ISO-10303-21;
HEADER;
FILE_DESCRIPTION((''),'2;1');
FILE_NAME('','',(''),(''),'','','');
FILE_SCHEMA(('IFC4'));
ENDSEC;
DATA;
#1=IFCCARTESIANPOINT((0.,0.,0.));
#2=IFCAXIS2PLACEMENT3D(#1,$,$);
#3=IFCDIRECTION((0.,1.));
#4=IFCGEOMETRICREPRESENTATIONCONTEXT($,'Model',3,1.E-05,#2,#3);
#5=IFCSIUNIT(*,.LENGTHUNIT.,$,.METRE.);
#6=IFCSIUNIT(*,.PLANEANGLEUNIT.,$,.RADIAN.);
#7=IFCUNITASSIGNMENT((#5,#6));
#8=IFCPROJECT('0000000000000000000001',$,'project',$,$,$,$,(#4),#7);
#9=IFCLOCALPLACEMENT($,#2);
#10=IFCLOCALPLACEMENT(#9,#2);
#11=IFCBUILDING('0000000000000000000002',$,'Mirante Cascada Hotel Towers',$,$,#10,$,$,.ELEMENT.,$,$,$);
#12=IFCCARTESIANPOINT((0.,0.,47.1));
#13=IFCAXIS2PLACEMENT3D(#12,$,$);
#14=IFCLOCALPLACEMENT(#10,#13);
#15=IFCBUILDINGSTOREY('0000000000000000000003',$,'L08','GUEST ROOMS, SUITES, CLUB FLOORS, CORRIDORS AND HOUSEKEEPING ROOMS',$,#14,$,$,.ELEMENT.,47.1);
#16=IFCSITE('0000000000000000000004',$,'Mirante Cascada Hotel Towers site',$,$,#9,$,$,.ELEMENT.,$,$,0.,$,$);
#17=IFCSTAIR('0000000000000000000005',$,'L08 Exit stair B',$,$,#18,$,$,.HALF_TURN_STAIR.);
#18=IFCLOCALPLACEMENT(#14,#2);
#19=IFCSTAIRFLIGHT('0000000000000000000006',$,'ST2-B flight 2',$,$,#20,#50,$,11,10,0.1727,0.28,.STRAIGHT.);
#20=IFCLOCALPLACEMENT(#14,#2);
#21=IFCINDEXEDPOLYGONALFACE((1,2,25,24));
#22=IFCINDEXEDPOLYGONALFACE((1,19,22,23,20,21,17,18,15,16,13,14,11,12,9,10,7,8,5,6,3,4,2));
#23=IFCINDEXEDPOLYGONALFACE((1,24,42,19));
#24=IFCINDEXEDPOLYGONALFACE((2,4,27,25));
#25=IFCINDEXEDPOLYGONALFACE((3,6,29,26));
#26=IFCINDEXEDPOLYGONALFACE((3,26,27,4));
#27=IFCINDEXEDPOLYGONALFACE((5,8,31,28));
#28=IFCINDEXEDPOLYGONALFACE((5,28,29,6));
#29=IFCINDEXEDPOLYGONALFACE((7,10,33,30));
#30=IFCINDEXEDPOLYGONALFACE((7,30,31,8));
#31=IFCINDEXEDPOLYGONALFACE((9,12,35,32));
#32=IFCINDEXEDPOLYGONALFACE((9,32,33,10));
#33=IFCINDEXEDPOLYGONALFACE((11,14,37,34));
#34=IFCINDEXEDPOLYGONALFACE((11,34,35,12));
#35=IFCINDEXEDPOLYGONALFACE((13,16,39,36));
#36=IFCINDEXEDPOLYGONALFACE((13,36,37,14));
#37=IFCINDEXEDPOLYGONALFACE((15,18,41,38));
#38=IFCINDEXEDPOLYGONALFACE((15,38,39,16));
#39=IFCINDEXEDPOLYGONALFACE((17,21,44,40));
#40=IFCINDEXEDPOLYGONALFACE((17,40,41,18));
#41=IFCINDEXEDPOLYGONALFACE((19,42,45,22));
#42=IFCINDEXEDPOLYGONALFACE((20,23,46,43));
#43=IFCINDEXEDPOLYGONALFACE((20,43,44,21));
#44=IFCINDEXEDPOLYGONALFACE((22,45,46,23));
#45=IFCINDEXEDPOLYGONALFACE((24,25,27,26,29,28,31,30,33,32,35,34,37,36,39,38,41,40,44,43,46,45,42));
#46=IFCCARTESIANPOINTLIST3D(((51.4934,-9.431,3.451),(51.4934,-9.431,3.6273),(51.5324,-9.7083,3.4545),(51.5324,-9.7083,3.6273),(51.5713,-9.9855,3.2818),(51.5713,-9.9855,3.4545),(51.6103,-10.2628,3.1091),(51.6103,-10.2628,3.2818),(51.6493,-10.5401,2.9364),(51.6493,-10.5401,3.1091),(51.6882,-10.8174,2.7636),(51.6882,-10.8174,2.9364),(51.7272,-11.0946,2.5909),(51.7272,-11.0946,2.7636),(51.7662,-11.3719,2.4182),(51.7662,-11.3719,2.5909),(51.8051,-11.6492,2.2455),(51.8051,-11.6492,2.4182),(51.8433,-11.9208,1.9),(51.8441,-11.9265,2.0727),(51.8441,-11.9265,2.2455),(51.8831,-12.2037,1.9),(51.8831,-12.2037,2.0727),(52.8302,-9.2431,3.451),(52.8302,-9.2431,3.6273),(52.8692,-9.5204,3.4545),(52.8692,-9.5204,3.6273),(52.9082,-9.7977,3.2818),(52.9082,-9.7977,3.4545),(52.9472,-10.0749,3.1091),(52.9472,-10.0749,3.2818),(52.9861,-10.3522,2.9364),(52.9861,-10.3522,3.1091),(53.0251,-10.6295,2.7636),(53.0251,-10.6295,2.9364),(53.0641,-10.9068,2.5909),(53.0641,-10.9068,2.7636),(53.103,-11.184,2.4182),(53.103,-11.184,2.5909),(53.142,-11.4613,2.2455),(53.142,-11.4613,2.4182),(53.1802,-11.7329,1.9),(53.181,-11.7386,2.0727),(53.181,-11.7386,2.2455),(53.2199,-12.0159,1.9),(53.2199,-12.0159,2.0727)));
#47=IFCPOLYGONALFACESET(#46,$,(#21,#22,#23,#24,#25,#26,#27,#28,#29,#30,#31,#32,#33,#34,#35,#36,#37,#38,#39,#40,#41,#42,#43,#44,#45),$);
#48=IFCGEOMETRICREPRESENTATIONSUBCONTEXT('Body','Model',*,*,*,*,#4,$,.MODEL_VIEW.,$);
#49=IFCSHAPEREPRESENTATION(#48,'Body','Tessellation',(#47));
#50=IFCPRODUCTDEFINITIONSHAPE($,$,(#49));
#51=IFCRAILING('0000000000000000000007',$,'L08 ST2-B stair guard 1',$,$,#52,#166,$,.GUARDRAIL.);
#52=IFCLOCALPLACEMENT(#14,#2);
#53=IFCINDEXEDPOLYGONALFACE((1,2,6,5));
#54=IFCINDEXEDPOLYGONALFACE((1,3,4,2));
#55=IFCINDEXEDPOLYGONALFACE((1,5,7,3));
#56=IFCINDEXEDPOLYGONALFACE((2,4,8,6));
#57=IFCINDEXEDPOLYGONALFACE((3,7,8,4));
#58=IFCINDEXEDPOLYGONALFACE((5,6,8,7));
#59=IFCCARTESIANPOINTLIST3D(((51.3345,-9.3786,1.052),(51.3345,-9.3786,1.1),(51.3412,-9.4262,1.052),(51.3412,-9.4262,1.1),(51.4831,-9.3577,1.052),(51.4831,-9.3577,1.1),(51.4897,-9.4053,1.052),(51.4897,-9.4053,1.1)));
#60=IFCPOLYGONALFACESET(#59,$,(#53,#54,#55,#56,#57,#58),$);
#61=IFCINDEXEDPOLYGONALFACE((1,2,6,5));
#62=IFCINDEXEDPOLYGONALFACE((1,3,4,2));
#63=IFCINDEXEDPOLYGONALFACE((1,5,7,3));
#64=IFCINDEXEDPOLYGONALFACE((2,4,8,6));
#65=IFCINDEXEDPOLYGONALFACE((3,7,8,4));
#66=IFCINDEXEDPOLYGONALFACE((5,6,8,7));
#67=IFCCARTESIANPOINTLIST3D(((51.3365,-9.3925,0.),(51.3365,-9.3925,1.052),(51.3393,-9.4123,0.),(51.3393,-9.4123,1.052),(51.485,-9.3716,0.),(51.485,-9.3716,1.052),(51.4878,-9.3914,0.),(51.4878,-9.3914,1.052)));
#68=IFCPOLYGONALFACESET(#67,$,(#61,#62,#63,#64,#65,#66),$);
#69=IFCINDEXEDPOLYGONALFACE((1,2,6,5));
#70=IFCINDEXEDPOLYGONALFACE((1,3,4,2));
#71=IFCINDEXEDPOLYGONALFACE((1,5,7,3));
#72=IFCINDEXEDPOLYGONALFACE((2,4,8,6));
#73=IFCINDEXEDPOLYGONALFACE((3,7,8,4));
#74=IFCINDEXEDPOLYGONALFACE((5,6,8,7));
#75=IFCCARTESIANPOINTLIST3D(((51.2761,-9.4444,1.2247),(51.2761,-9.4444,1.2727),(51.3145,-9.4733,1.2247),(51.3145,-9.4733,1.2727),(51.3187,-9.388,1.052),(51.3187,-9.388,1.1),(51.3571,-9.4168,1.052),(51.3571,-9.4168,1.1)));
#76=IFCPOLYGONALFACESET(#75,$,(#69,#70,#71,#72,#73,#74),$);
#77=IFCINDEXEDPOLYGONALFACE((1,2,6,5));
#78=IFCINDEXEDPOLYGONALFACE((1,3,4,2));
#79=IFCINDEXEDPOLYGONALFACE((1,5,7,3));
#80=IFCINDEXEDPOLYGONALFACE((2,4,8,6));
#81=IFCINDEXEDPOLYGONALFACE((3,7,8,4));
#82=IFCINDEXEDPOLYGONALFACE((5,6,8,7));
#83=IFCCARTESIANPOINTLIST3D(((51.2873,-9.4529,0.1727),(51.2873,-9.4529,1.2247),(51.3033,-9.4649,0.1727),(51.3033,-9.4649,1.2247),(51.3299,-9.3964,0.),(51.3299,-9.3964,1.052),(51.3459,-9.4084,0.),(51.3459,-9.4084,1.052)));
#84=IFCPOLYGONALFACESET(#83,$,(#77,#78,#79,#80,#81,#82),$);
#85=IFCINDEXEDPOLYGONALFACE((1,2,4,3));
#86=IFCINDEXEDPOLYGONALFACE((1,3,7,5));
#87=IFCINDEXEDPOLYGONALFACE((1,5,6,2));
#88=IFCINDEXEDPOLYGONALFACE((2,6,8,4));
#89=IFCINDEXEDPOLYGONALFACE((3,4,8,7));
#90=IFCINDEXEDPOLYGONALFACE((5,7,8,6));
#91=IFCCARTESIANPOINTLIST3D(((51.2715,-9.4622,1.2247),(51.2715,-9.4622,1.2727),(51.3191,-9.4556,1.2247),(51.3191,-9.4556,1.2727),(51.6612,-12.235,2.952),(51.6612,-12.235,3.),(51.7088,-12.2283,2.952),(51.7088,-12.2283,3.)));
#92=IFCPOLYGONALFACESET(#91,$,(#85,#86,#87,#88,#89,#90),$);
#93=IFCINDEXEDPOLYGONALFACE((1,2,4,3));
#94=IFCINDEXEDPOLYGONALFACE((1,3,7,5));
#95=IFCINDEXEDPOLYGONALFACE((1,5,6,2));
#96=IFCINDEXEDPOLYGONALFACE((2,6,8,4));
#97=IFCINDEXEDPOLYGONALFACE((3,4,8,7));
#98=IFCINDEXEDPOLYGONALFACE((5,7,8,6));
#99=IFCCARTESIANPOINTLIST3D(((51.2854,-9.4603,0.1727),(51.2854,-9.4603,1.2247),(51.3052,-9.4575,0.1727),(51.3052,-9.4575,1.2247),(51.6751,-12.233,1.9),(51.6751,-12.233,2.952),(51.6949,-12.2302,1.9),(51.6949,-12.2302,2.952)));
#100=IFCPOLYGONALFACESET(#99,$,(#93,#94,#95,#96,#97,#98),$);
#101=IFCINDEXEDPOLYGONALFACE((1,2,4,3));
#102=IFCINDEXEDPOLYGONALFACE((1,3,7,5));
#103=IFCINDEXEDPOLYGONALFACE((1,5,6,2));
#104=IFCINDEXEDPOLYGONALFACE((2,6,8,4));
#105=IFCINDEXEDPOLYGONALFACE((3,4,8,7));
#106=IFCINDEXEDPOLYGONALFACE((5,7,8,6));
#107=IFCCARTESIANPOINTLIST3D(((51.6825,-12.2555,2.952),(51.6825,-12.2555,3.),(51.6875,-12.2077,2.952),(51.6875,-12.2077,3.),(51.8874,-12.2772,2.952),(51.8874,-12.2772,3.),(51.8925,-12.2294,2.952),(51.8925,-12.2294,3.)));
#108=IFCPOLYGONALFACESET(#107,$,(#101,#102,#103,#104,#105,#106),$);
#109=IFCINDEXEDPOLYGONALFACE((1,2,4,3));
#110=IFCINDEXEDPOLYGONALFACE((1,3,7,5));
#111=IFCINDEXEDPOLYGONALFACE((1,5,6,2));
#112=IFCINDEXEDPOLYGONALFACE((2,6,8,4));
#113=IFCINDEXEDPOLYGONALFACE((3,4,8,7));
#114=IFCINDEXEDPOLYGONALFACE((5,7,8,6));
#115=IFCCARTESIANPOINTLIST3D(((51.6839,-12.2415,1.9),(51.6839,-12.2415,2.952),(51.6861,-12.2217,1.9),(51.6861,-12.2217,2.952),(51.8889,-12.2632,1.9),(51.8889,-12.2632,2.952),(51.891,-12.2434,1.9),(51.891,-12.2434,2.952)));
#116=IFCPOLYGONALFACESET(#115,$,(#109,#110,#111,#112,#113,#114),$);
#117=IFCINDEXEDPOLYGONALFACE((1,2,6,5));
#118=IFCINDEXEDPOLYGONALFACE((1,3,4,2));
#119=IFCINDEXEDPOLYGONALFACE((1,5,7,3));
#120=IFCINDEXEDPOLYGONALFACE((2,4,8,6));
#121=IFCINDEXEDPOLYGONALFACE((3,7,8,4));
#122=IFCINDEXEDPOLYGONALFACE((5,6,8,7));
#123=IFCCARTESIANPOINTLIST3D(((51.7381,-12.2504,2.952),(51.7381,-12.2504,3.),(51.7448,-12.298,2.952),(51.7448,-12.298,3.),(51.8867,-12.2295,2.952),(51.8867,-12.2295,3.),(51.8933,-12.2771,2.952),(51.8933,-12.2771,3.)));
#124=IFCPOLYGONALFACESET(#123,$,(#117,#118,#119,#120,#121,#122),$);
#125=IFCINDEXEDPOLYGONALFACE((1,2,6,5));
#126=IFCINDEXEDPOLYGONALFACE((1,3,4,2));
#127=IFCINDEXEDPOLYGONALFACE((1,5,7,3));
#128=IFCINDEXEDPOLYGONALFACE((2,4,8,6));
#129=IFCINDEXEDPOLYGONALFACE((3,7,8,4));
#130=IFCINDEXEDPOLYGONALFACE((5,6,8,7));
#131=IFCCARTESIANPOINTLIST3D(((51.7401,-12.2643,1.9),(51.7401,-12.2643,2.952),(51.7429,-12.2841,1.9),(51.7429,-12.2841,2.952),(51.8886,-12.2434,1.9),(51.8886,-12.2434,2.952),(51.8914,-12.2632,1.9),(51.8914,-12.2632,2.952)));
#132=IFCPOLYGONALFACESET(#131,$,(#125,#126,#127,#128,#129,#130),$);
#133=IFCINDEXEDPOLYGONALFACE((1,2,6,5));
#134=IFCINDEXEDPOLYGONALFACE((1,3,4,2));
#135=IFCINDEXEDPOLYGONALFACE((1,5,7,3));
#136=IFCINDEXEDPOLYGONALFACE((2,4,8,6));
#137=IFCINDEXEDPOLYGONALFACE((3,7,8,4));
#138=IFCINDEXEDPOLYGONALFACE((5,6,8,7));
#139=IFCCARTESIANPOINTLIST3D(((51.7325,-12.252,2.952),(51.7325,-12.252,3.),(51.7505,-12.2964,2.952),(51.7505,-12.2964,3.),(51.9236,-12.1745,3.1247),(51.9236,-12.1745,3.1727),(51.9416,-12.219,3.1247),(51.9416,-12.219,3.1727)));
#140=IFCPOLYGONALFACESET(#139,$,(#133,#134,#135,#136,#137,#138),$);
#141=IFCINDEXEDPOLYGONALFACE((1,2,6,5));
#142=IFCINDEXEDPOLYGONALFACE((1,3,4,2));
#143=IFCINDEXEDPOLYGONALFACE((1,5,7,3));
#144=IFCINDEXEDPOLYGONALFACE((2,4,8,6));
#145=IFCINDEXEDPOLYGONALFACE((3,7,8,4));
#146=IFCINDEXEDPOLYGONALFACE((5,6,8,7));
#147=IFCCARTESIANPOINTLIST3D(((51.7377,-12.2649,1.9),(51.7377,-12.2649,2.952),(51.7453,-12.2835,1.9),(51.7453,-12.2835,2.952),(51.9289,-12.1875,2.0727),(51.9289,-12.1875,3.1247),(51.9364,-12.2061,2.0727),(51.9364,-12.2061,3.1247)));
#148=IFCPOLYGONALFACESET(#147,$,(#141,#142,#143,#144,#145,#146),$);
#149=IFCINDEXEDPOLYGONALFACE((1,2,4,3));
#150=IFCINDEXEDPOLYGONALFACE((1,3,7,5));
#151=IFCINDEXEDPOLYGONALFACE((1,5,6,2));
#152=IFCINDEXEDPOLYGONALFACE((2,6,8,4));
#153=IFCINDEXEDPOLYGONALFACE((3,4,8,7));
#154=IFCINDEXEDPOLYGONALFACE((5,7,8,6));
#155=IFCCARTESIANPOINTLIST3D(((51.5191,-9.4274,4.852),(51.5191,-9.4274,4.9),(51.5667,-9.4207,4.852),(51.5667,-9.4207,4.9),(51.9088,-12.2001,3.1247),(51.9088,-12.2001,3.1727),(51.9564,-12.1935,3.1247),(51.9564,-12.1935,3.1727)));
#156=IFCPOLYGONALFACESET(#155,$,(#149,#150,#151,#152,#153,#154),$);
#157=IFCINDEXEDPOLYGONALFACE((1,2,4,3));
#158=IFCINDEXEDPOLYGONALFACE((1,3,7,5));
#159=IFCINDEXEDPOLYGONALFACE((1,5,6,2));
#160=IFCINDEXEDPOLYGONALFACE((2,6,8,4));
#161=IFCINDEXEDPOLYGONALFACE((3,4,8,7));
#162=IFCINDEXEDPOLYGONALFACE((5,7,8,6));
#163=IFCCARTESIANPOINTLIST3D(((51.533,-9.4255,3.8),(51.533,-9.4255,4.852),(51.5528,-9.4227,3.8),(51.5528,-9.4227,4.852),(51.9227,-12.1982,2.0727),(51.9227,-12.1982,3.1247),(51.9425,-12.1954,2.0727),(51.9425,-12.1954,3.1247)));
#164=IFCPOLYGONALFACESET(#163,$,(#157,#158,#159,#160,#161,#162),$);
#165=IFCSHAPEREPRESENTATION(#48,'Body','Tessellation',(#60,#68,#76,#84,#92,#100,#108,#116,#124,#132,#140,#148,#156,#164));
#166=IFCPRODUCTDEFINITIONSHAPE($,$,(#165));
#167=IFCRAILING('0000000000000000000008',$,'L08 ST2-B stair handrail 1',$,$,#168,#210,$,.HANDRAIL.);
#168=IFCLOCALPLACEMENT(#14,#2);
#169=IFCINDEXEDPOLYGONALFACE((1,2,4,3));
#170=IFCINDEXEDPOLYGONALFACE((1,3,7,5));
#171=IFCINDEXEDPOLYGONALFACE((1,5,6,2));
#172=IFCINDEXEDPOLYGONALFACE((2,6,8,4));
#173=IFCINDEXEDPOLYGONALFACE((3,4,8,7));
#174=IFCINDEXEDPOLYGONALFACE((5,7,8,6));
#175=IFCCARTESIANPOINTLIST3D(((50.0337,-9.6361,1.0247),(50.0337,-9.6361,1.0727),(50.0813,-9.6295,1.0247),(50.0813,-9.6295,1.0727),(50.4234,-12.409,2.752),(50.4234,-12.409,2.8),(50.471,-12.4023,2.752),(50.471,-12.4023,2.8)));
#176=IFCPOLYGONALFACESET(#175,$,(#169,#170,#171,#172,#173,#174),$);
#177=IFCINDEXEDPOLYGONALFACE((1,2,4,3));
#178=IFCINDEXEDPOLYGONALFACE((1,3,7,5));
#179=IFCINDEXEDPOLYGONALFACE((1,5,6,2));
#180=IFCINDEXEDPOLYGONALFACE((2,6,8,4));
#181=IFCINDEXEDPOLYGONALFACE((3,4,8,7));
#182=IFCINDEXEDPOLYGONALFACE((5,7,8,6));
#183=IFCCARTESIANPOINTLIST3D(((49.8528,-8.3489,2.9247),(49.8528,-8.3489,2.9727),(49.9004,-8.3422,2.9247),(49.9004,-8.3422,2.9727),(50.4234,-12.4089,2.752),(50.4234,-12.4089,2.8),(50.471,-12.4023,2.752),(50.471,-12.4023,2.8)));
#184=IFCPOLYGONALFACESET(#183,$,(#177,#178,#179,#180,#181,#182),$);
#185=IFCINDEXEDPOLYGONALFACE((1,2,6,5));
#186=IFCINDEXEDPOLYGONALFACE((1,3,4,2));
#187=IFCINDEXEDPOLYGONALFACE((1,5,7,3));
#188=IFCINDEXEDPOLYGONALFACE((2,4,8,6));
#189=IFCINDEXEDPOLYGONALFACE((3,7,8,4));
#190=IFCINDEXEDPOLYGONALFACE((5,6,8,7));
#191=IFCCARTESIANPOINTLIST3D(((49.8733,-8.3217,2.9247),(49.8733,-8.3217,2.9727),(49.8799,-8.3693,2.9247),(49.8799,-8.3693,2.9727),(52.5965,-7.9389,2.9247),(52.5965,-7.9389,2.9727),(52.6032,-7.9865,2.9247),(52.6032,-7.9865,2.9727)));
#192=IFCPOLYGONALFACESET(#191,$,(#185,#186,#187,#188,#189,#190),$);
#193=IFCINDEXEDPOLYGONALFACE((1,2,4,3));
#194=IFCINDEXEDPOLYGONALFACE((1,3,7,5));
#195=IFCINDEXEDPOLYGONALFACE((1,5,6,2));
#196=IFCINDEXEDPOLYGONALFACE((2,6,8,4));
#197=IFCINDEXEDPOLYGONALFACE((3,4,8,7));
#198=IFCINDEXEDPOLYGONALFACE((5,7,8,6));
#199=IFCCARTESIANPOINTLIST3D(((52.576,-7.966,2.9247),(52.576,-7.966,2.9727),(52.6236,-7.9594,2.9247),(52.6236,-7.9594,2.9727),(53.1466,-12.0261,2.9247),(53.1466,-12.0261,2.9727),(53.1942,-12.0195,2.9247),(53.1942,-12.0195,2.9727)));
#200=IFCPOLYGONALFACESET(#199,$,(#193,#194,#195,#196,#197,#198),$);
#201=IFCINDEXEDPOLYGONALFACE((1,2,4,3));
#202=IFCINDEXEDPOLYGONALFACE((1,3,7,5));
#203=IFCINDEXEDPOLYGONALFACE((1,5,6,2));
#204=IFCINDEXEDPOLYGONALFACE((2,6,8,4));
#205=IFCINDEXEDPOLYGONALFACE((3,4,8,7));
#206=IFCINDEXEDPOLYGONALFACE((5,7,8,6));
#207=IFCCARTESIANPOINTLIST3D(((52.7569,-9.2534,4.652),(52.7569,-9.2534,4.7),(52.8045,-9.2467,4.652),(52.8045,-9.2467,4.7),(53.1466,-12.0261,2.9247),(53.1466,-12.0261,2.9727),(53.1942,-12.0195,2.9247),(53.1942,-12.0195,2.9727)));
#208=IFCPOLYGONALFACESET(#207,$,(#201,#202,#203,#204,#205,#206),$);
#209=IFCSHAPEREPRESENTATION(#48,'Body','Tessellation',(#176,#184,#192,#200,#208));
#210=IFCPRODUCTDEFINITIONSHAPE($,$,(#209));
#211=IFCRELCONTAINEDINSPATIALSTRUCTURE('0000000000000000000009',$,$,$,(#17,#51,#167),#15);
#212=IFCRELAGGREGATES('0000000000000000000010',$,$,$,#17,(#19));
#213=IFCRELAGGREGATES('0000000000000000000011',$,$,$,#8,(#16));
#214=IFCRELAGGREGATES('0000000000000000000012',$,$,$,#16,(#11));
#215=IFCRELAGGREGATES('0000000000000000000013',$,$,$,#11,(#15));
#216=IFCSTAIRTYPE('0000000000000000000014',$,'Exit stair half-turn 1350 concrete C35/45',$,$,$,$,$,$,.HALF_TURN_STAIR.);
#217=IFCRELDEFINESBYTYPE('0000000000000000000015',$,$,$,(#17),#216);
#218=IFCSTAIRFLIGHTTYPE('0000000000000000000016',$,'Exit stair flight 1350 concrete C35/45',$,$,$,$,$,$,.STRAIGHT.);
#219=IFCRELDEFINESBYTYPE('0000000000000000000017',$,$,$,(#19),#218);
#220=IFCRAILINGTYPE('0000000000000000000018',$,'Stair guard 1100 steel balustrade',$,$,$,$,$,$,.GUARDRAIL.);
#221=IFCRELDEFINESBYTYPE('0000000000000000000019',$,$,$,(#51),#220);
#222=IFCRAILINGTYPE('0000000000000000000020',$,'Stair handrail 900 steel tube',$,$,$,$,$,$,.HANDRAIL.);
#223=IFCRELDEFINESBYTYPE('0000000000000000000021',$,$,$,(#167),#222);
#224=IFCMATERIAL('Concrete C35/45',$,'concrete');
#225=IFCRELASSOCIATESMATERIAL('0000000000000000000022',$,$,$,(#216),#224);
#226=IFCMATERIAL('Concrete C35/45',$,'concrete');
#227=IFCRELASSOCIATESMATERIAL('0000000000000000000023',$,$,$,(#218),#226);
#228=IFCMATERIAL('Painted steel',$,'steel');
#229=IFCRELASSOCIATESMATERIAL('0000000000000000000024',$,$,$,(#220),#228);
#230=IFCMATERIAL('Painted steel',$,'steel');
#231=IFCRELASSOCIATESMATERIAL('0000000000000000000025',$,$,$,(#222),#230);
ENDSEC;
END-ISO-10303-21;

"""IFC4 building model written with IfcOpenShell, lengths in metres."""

from ifc_helpers import new_model, si_unit, direction, frame, origin, origin_2d, place, context, subcontext, project, spatial, polyline, rectangle, outline, extrude, material, type_object, element, aggregate, save


model = new_model("IFC4")

# Units and contexts
model_context = context("Model", 3, precision=1e-05, world=origin(), true_north=direction((0.0, 1.0)))
body_context = subcontext(model_context, "Body", "Model", "MODEL_VIEW")
ifc_project = project(units=[si_unit("LENGTHUNIT", "METRE"), si_unit("PLANEANGLEUNIT", "RADIAN")], contexts=[model_context])

# Site, building, storey
site_placement = place(None, origin())
site = spatial("IfcSite", under=ifc_project, at=site_placement, Name="Mirante Cascada Hotel Towers site", CompositionType="ELEMENT", RefElevation=0.0)
building_placement = place(site_placement, origin())
building = spatial("IfcBuilding", under=site, at=building_placement, Name="Mirante Cascada Hotel Towers", CompositionType="ELEMENT")
storey_placement = place(building_placement, frame((0.0, 0.0, 47.1)))
storey = spatial("IfcBuildingStorey", under=building, at=storey_placement, Name="L08", Description="GUEST ROOMS, SUITES, CLUB FLOORS, CORRIDORS AND HOUSEKEEPING ROOMS", CompositionType="ELEMENT", Elevation=47.1)

# Stair, stair flight
ifc_material_1 = material(Name="Concrete C35/45", Category="concrete")
stair_type = type_object("IfcStairType", Name="Exit stair half-turn 1350 concrete C35/45", PredefinedType="HALF_TURN_STAIR", material=ifc_material_1)
stair_placement = place(storey_placement, origin())
stair = element("IfcStair", 1, at=stair_placement, inside=storey, type_object=stair_type, Name="L08 Exit stair B", PredefinedType="HALF_TURN_STAIR")
ifc_material_2 = material(Name="Concrete C35/45", Category="concrete")
stair_flight_type = type_object("IfcStairFlightType", Name="Exit stair flight 1350 concrete C35/45", PredefinedType="STRAIGHT", material=ifc_material_2)
stair_flight_1_placement = place(storey_placement, frame((52.5515, -12.1098, 1.9), z_axis=(0.0, 0.0, 1.0), x_axis=(-0.139173, 0.990268, 0.0)))
stair_flight_1 = element("IfcStairFlight", 2, at=stair_flight_1_placement, type_object=stair_flight_type, Name="ST2-B flight 2", NumberOfRisers=11, NumberOfTreads=10, PredefinedType="STRAIGHT", RiserHeight=0.1727, TreadLength=0.28, context=body_context, shape_type="SweptSolid", body=[
    extrude(outline(polyline([(0.0, 0.0), (0.0, 0.1727), (0.28, 0.1727), (0.28, 0.3455), (0.56, 0.3455), (0.56, 0.5182), (0.84, 0.5182), (0.84, 0.6909), (1.12, 0.6909), (1.12, 0.8636), (1.4, 0.8636), (1.4, 1.0364), (1.68, 1.0364), (1.68, 1.2091), (1.96, 1.2091), (1.96, 1.3818), (2.24, 1.3818), (2.24, 1.5545), (2.52, 1.5545), (2.52, 1.7273), (2.8, 1.7273), (2.8, 1.9), (2.8, 1.551), (0.2857, 0.0), (0.0, 0.0)])), frame((0.0, 0.675, 0.0), z_axis=(0.0, -1.0, 0.0), x_axis=(1.0, 0.0, 0.0)), (0.0, 0.0, 1.0), 1.35),
])
aggregate(stair, [stair_flight_1])

# Railings
ifc_material_3 = material(Name="Painted steel", Category="steel")
railing_type_1 = type_object("IfcRailingType", Name="Stair guard 1100 steel balustrade", PredefinedType="GUARDRAIL", material=ifc_material_3)
railing_1_placement = place(storey_placement, frame((51.4864, -9.3815, 0.0)))
element("IfcRailing", 3, at=railing_1_placement, inside=storey, type_object=railing_type_1, Name="L08 ST2-B stair guard 1", PredefinedType="GUARDRAIL", context=body_context, shape_type="SweptSolid", body=[
    extrude(rectangle(XDim=0.048, YDim=0.048, at=origin_2d()), frame((0.0, 0.0, 1.076), z_axis=(-0.990241, -0.139367, 0.0), x_axis=(0.139367, -0.990241, 0.0)), (0.0, 0.0, 1.0), 0.15),
    extrude(rectangle(XDim=0.02, YDim=1.052, at=origin_2d()), frame((0.0, 0.0, 0.526), z_axis=(-0.990241, -0.139367, 0.0), x_axis=(0.139367, -0.990241, 0.0)), (0.0, 0.0, 1.0), 0.15),
    extrude(rectangle(XDim=0.048, YDim=0.048, at=origin_2d()), frame((-0.1485, -0.0209, 1.076), z_axis=(-0.602033, -0.798471, 0.0), x_axis=(0.798471, -0.602033, 0.0)), (0.0, 0.92534, 0.379139), 0.1866),
    extrude(rectangle(XDim=0.02, YDim=1.052, at=origin_2d()), frame((-0.1485, -0.0209, 0.526), z_axis=(-0.602033, -0.798471, 0.0), x_axis=(0.798471, -0.602033, 0.0)), (0.0, 0.92534, 0.379139), 0.1866),
    extrude(rectangle(XDim=0.048, YDim=0.048, at=origin_2d()), frame((-0.1911, -0.0774, 1.2487), z_axis=(0.139181, -0.990267, 0.0), x_axis=(0.990267, 0.139181, 0.0)), (0.0, 0.525035, 0.851081), 3.2899),
    extrude(rectangle(XDim=0.02, YDim=1.052, at=origin_2d()), frame((-0.1911, -0.0774, 0.6987), z_axis=(0.139181, -0.990267, 0.0), x_axis=(0.990267, 0.139181, 0.0)), (0.0, 0.525035, 0.851081), 3.2899),
    extrude(rectangle(XDim=0.048, YDim=0.048, at=origin_2d()), frame((0.1986, -2.8501, 2.976), z_axis=(0.994444, -0.105266, 0.0), x_axis=(0.105266, 0.994444, 0.0)), (0.0, 0.0, 1.0), 0.2061),
    extrude(rectangle(XDim=0.02, YDim=1.052, at=origin_2d()), frame((0.1986, -2.8501, 2.426), z_axis=(0.994444, -0.105266, 0.0), x_axis=(0.105266, 0.994444, 0.0)), (0.0, 0.0, 1.0), 0.2061),
    extrude(rectangle(XDim=0.048, YDim=0.048, at=origin_2d()), frame((0.4036, -2.8718, 2.976), z_axis=(-0.990241, -0.139367, 0.0), x_axis=(0.139367, -0.990241, 0.0)), (0.0, 0.0, 1.0), 0.15),
    extrude(rectangle(XDim=0.02, YDim=1.052, at=origin_2d()), frame((0.4036, -2.8718, 2.426), z_axis=(-0.990241, -0.139367, 0.0), x_axis=(0.139367, -0.990241, 0.0)), (0.0, 0.0, 1.0), 0.15),
    extrude(rectangle(XDim=0.048, YDim=0.048, at=origin_2d()), frame((0.2551, -2.8927, 2.976), z_axis=(0.926862, 0.375401, 0.0), x_axis=(-0.375401, 0.926862, 0.0)), (0.0, 0.642122, 0.766603), 0.269),
    extrude(rectangle(XDim=0.02, YDim=1.052, at=origin_2d()), frame((0.2551, -2.8927, 2.426), z_axis=(0.926862, 0.375401, 0.0), x_axis=(-0.375401, 0.926862, 0.0)), (0.0, 0.642122, 0.766603), 0.269),
    extrude(rectangle(XDim=0.048, YDim=0.048, at=origin_2d()), frame((0.4462, -2.8153, 3.1487), z_axis=(-0.139181, 0.990267, 0.0), x_axis=(-0.990267, -0.139181, 0.0)), (0.0, 0.525035, 0.851081), 3.2899),
    extrude(rectangle(XDim=0.02, YDim=1.052, at=origin_2d()), frame((0.4462, -2.8153, 2.5987), z_axis=(-0.139181, 0.990267, 0.0), x_axis=(-0.990267, -0.139181, 0.0)), (0.0, 0.525035, 0.851081), 3.2899),
])
ifc_material_4 = material(Name="Painted steel", Category="steel")
railing_type_2 = type_object("IfcRailingType", Name="Stair handrail 900 steel tube", PredefinedType="HANDRAIL", material=ifc_material_4)
railing_2_placement = place(storey_placement, frame((50.0575, -9.6328, 0.1727)))
element("IfcRailing", 4, at=railing_2_placement, inside=storey, type_object=railing_type_2, Name="L08 ST2-B stair handrail 1", PredefinedType="HANDRAIL", context=body_context, shape_type="SweptSolid", body=[
    extrude(rectangle(XDim=0.048, YDim=0.048, at=origin_2d()), frame((0.0, 0.0, 0.876), z_axis=(0.139176, -0.990268, 0.0), x_axis=(0.990268, 0.139176, 0.0)), (0.0, 0.525021, 0.851089), 3.29),
    extrude(rectangle(XDim=0.048, YDim=0.048, at=origin_2d()), frame((0.3897, -2.7728, 2.6033), z_axis=(-0.139171, 0.990268, 0.0), x_axis=(-0.990268, -0.139171, 0.0)), (0.0, 0.042085, 0.999114), 4.1036),
    extrude(rectangle(XDim=0.048, YDim=0.048, at=origin_2d()), frame((-0.1809, 1.2873, 2.776), z_axis=(0.990264, 0.139201, 0.0), x_axis=(-0.139201, 0.990264, 0.0)), (0.0, 0.0, 1.0), 2.75),
    extrude(rectangle(XDim=0.048, YDim=0.048, at=origin_2d()), frame((2.5423, 1.6701, 2.776), z_axis=(0.139171, -0.990268, 0.0), x_axis=(0.990268, 0.139171, 0.0)), (0.0, 0.0, 1.0), 4.1),
    extrude(rectangle(XDim=0.048, YDim=0.048, at=origin_2d()), frame((3.1129, -2.39, 2.776), z_axis=(-0.139181, 0.990267, 0.0), x_axis=(-0.990267, -0.139181, 0.0)), (0.0, 0.525035, 0.851081), 3.2899),
])

save(model, "model.ifc")
